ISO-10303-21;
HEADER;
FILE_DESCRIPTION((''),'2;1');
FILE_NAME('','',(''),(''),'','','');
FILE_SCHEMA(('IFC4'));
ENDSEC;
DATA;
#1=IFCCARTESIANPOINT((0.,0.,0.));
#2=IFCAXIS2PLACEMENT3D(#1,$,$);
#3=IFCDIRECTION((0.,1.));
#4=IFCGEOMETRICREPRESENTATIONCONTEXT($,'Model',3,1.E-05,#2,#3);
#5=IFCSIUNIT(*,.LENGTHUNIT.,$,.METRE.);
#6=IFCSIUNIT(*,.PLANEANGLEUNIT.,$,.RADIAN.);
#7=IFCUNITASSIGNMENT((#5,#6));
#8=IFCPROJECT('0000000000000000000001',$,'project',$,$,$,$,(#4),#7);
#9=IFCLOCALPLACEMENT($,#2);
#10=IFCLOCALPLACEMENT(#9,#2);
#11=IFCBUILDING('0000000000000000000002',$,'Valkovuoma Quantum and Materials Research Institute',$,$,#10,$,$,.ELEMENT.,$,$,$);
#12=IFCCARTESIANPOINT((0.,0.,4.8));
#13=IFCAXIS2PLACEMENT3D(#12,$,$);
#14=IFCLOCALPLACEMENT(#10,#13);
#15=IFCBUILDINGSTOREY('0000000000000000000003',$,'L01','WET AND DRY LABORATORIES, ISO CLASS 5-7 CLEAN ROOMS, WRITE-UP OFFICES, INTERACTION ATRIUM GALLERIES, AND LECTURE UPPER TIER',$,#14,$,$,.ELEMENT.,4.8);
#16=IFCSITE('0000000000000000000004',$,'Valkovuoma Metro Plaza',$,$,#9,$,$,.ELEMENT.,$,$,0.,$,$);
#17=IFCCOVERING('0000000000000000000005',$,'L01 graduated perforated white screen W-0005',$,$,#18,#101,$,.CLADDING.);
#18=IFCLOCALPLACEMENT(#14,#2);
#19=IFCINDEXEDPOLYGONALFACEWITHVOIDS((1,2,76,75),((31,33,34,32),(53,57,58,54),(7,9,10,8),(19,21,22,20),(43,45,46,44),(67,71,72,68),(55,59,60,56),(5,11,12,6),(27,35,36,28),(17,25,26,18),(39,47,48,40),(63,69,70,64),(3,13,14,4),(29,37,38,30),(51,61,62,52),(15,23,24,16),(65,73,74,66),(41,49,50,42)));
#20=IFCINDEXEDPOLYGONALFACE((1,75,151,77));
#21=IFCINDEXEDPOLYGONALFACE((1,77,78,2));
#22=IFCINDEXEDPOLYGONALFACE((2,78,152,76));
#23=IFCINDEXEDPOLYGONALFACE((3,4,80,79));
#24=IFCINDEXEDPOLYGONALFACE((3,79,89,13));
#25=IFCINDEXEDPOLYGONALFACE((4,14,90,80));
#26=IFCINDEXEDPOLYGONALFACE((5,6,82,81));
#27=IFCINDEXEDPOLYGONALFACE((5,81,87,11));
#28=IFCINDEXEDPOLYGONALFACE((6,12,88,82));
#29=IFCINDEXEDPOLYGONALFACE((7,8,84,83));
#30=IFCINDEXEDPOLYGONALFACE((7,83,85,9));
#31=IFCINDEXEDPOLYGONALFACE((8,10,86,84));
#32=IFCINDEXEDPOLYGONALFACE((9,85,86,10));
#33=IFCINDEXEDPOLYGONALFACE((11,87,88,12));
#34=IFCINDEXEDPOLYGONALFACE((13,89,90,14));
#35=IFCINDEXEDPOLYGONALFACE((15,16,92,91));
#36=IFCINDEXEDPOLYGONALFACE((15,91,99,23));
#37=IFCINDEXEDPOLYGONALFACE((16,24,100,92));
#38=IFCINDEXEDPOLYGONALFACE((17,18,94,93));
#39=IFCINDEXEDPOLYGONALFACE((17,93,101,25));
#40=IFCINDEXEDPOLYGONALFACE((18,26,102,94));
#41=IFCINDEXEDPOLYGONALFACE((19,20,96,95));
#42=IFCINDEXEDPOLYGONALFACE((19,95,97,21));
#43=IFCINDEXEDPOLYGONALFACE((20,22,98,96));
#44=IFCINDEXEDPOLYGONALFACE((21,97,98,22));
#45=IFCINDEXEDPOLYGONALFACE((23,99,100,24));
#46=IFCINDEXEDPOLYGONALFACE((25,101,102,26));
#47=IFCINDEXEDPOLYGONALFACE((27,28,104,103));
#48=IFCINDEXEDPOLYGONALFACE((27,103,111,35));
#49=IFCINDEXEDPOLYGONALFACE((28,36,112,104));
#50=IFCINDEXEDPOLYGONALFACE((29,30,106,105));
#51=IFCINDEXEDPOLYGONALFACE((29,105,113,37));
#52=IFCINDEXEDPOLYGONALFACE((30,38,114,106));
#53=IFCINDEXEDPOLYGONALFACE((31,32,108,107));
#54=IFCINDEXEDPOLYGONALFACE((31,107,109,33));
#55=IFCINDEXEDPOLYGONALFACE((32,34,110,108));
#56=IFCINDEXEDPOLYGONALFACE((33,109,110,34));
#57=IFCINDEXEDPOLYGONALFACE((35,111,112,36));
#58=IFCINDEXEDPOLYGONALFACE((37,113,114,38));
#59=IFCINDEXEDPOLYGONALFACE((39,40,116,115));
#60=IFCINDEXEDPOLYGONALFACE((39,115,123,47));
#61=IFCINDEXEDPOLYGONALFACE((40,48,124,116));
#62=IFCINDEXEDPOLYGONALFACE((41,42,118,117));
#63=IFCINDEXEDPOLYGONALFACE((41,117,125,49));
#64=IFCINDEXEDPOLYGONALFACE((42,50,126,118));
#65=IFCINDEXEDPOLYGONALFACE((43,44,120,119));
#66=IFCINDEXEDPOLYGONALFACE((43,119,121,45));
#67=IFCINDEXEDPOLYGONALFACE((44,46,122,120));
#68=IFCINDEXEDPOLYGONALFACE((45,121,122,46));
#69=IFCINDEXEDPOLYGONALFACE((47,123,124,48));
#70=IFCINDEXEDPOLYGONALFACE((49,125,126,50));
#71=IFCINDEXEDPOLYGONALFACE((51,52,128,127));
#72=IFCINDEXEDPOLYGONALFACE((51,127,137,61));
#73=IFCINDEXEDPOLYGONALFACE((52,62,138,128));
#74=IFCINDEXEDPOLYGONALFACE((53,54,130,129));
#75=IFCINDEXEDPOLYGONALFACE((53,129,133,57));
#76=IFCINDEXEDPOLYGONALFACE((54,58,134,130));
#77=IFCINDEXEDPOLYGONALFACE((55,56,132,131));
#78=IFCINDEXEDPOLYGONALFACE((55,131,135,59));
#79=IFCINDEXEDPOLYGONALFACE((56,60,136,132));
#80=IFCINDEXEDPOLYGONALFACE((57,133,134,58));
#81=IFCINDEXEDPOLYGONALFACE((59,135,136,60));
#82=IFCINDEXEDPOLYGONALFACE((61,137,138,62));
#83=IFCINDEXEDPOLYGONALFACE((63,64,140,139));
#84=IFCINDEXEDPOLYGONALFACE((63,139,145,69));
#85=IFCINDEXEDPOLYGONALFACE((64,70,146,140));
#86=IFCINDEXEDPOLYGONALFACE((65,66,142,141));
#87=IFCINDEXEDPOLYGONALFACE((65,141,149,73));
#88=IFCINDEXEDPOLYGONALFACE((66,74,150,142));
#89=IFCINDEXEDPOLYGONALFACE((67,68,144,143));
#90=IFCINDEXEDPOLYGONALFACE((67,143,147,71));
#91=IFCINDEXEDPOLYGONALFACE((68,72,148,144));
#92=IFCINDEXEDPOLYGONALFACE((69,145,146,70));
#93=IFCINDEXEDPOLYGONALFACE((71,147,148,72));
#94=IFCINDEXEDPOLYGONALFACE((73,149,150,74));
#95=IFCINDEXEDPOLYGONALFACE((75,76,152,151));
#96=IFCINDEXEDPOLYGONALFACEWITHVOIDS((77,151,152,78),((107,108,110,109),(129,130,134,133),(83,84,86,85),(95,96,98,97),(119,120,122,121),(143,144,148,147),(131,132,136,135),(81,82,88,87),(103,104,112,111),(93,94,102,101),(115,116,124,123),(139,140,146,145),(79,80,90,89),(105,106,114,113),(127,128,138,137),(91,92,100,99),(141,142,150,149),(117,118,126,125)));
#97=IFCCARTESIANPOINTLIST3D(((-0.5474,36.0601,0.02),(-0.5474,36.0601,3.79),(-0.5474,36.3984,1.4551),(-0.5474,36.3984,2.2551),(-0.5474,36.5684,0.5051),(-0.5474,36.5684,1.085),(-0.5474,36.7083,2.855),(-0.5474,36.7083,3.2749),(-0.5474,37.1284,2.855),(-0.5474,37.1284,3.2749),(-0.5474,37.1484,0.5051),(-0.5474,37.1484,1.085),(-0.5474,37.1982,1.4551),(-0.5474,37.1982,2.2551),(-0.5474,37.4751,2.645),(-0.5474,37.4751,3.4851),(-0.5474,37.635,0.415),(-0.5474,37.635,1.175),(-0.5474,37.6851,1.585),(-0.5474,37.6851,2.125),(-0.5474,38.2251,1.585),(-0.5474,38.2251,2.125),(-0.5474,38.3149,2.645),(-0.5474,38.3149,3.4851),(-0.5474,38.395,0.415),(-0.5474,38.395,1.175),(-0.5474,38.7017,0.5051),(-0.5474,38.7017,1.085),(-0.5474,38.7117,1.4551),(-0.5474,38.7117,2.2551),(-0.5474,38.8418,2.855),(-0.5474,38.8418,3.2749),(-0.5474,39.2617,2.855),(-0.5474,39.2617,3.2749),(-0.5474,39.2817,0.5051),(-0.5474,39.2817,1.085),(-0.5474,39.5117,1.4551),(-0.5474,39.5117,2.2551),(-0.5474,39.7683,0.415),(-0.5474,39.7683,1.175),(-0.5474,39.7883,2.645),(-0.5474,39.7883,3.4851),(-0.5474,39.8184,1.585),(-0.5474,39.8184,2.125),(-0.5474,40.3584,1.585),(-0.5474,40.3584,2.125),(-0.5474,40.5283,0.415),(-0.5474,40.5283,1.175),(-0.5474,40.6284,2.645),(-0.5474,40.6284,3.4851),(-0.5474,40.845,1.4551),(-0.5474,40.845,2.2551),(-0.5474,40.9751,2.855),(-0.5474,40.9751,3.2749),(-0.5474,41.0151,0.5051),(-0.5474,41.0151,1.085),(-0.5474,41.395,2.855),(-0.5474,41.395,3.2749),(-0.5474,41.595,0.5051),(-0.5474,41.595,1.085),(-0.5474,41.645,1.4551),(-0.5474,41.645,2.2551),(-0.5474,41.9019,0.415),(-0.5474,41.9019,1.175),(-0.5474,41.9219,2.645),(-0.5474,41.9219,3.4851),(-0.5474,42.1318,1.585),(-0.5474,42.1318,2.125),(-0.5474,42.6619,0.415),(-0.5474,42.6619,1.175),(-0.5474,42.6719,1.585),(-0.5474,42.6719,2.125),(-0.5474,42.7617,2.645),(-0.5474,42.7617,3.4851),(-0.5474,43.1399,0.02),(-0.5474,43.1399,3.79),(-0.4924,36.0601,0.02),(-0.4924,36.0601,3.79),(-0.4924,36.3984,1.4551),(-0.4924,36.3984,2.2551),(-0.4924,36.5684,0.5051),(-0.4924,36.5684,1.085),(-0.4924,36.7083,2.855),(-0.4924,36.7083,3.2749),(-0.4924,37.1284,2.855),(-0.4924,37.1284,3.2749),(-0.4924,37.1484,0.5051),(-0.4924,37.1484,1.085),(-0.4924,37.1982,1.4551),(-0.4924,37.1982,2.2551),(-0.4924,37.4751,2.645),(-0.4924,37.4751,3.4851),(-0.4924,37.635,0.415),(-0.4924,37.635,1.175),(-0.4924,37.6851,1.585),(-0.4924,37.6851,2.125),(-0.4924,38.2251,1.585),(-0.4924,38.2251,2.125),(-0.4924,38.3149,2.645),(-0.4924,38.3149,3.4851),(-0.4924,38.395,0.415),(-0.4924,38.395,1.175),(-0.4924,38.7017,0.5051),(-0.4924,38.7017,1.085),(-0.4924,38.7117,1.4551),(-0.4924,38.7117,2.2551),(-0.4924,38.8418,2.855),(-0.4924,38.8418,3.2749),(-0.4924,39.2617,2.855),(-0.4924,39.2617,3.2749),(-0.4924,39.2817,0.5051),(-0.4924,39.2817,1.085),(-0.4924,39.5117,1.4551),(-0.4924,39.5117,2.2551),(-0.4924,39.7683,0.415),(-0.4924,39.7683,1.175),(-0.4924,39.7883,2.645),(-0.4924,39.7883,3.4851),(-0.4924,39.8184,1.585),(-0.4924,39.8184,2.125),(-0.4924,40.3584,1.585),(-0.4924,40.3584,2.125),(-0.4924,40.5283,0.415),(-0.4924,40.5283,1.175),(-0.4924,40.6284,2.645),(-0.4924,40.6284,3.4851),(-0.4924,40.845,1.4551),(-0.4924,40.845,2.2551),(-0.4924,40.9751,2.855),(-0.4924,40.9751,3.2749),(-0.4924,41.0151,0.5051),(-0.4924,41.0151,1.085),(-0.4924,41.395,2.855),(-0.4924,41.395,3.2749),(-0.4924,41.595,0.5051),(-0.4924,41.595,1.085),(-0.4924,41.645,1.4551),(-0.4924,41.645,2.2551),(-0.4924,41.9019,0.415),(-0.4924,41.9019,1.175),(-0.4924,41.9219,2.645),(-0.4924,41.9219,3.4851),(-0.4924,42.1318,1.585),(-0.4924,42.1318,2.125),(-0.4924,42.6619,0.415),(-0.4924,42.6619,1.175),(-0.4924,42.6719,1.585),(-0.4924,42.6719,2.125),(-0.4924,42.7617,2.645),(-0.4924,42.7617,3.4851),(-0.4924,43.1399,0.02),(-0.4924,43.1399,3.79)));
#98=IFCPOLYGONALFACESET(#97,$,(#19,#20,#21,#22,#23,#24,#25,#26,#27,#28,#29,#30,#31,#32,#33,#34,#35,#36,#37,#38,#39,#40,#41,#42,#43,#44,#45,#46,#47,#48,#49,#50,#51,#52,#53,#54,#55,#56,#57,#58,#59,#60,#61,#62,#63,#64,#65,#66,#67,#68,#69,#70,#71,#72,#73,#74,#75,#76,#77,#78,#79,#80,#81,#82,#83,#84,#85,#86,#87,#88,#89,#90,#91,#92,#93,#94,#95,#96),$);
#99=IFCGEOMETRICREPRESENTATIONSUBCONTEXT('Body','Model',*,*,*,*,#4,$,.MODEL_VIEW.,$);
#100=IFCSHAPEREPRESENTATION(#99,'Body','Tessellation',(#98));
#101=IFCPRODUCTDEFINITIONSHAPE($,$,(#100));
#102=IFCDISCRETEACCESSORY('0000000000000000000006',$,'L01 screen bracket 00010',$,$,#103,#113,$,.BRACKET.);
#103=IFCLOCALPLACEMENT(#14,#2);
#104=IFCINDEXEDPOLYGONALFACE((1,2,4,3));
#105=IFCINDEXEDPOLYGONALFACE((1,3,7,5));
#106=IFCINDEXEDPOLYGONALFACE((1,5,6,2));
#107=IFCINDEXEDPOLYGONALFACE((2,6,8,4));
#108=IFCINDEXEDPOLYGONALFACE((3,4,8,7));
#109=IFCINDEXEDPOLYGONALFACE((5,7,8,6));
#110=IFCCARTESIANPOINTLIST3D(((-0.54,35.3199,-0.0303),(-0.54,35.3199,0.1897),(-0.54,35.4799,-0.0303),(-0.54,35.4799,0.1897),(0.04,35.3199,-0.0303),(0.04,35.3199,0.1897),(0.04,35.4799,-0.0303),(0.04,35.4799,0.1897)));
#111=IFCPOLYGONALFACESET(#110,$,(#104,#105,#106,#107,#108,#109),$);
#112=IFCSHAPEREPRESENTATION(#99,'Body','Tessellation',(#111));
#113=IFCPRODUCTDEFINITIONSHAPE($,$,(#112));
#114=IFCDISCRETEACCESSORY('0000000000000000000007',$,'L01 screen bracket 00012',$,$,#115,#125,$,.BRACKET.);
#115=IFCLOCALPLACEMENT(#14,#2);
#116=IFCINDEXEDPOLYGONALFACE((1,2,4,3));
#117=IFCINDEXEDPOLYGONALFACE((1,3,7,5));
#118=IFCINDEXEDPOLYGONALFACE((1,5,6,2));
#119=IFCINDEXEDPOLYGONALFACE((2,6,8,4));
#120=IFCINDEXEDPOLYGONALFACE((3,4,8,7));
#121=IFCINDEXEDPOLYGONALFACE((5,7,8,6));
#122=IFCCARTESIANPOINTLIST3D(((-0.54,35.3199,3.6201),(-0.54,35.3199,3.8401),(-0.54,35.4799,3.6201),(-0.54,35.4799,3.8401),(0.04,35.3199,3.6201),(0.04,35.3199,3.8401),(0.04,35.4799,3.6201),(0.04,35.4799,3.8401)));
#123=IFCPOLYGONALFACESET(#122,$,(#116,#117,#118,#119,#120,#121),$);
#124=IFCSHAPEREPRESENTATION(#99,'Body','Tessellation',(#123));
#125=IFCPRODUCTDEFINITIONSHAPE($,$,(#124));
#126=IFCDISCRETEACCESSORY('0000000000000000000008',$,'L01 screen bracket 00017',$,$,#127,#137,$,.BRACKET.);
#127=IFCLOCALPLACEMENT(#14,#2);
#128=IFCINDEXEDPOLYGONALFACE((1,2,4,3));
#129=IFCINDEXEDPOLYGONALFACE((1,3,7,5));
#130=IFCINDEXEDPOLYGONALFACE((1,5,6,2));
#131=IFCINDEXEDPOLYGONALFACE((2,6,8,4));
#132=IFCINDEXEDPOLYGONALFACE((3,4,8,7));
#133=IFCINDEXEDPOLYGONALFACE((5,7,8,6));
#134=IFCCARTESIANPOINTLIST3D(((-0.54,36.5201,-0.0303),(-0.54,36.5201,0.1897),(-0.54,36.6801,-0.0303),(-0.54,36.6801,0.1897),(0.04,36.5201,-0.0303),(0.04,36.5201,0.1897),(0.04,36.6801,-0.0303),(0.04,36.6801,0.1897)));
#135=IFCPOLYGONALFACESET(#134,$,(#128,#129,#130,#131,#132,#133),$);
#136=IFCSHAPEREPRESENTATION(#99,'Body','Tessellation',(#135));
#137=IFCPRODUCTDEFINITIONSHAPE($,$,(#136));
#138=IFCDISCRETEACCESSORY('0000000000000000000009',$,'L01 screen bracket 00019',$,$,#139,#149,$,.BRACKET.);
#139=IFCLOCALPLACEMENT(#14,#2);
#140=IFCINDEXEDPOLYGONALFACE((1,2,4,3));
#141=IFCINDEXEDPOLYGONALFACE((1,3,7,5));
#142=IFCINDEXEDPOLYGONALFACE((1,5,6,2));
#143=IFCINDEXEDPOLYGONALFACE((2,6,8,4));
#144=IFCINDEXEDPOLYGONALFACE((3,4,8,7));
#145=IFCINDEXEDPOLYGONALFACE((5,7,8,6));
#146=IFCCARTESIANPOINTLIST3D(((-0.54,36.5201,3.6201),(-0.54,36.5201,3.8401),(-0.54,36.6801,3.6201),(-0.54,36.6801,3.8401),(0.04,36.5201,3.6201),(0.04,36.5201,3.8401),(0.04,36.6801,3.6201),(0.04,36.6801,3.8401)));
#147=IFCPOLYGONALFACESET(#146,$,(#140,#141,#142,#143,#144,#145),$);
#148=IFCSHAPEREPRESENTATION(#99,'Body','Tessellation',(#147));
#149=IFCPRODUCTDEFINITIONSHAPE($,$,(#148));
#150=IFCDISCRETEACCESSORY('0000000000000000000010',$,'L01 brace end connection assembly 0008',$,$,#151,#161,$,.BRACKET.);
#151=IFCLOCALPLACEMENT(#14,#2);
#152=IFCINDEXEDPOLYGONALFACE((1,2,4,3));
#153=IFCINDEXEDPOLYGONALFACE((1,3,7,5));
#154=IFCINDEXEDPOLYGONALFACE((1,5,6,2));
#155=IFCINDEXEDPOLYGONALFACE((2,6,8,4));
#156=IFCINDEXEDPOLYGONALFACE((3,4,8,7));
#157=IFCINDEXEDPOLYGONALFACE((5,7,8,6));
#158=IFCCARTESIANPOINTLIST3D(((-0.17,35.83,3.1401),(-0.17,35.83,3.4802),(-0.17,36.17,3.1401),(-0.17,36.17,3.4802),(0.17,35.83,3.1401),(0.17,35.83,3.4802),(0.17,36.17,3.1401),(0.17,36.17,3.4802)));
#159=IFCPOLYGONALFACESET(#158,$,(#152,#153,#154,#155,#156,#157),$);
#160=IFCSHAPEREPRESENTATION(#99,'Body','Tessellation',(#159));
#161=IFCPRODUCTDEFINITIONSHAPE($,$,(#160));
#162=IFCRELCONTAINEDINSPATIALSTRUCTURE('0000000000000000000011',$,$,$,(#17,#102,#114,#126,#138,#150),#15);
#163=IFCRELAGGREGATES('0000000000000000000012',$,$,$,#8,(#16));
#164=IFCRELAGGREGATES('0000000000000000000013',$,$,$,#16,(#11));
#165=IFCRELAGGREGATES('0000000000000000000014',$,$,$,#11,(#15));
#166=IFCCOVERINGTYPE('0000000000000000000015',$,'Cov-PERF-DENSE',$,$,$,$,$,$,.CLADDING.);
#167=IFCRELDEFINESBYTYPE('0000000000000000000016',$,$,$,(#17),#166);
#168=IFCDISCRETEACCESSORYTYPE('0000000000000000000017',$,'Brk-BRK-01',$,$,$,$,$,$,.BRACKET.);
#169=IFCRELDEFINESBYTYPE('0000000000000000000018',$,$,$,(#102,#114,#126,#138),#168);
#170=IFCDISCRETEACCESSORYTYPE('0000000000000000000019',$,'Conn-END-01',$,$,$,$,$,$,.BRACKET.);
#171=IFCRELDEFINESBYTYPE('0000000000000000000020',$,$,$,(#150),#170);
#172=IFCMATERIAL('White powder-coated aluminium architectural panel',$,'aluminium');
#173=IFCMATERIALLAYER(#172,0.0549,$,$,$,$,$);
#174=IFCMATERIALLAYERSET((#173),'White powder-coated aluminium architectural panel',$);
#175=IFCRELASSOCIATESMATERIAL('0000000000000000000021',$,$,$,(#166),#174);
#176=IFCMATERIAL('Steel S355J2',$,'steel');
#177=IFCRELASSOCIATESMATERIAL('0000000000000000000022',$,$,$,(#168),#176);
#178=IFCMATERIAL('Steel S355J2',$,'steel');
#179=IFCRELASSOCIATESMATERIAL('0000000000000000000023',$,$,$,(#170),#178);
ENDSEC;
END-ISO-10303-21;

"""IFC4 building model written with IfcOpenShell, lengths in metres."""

from ifc_helpers import new_model, si_unit, direction, frame, origin, origin_2d, place, context, subcontext, project, spatial, polyline, rectangle, outline, extrude, material, layer, layer_set, type_object, element, save


model = new_model("IFC4")

# Units and contexts
model_context = context("Model", 3, precision=1e-05, world=origin(), true_north=direction((0.0, 1.0)))
body_context = subcontext(model_context, "Body", "Model", "MODEL_VIEW")
ifc_project = project(units=[si_unit("LENGTHUNIT", "METRE"), si_unit("PLANEANGLEUNIT", "RADIAN")], contexts=[model_context])

# Site, building, storey
site_placement = place(None, origin())
site = spatial("IfcSite", under=ifc_project, at=site_placement, Name="Valkovuoma Metro Plaza", CompositionType="ELEMENT", RefElevation=0.0)
building_placement = place(site_placement, origin())
building = spatial("IfcBuilding", under=site, at=building_placement, Name="Valkovuoma Quantum and Materials Research Institute", CompositionType="ELEMENT")
storey_placement = place(building_placement, frame((0.0, 0.0, 4.8)))
storey = spatial("IfcBuildingStorey", under=building, at=storey_placement, Name="L01", Description="WET AND DRY LABORATORIES, ISO CLASS 5-7 CLEAN ROOMS, WRITE-UP OFFICES, INTERACTION ATRIUM GALLERIES, AND LECTURE UPPER TIER", CompositionType="ELEMENT", Elevation=4.8)

# Covering
ifc_material_1 = material(Name="White powder-coated aluminium architectural panel", Category="aluminium")
ifc_layer_1 = layer(ifc_material_1, 0.0549)
ifc_layer_set_1 = layer_set([ifc_layer_1], Name="White powder-coated aluminium architectural panel")
covering_type = type_object("IfcCoveringType", Name="Cov-PERF-DENSE", PredefinedType="CLADDING", material=ifc_layer_set_1)
covering_placement = place(storey_placement, frame((-0.52, 36.0601, 0.02), z_axis=(0.0, 0.0, 1.0), x_axis=(0.0, 1.0, 0.0)))
element("IfcCovering", 1, at=covering_placement, inside=storey, type_object=covering_type, Name="L01 graduated perforated white screen W-0005", PredefinedType="CLADDING", context=body_context, shape_type="SweptSolid", body=[
    extrude(outline(polyline([(0.0, 0.0), (7.0798, 0.0), (7.0798, 3.77), (0.0, 3.77), (0.0, 0.0)]), holes=[polyline([(0.5083, 0.4851), (0.5083, 1.0649), (1.0884, 1.0649), (1.0884, 0.4851), (0.5083, 0.4851)]), polyline([(0.3384, 1.4351), (0.3384, 2.2351), (1.1382, 2.2351), (1.1382, 1.4351), (0.3384, 1.4351)]), polyline([(0.6482, 2.835), (0.6482, 3.2549), (1.0684, 3.2549), (1.0684, 2.835), (0.6482, 2.835)]), polyline([(1.575, 0.395), (1.575, 1.155), (2.335, 1.155), (2.335, 0.395), (1.575, 0.395)]), polyline([(1.625, 1.5649), (1.625, 2.105), (2.165, 2.105), (2.165, 1.5649), (1.625, 1.5649)]), polyline([(1.415, 2.625), (1.415, 3.4651), (2.2549, 3.4651), (2.2549, 2.625), (1.415, 2.625)]), polyline([(2.6416, 0.4851), (2.6416, 1.0649), (3.2217, 1.0649), (3.2217, 0.4851), (2.6416, 0.4851)]), polyline([(2.6516, 1.4351), (2.6516, 2.2351), (3.4517, 2.2351), (3.4517, 1.4351), (2.6516, 1.4351)]), polyline([(2.7817, 2.835), (2.7817, 3.2549), (3.2017, 3.2549), (3.2017, 2.835), (2.7817, 2.835)]), polyline([(3.7083, 0.395), (3.7083, 1.155), (4.4683, 1.155), (4.4683, 0.395), (3.7083, 0.395)]), polyline([(3.7583, 1.5649), (3.7583, 2.105), (4.2983, 2.105), (4.2983, 1.5649), (3.7583, 1.5649)]), polyline([(3.7283, 2.625), (3.7283, 3.4651), (4.5684, 3.4651), (4.5684, 2.625), (3.7283, 2.625)]), polyline([(4.9551, 0.4851), (4.9551, 1.0649), (5.5349, 1.0649), (5.5349, 0.4851), (4.9551, 0.4851)]), polyline([(4.7849, 1.4351), (4.7849, 2.2351), (5.585, 2.2351), (5.585, 1.4351), (4.7849, 1.4351)]), polyline([(4.915, 2.835), (4.915, 3.2549), (5.335, 3.2549), (5.335, 2.835), (4.915, 2.835)]), polyline([(5.8418, 0.395), (5.8418, 1.155), (6.6018, 1.155), (6.6018, 0.395), (5.8418, 0.395)]), polyline([(6.0718, 1.5649), (6.0718, 2.105), (6.6118, 2.105), (6.6118, 1.5649), (6.0718, 1.5649)]), polyline([(5.8618, 2.625), (5.8618, 3.4651), (6.7017, 3.4651), (6.7017, 2.625), (5.8618, 2.625)])]), frame((0.0, 0.0273, 0.0), z_axis=(0.0, -1.0, 0.0), x_axis=(1.0, 0.0, 0.0)), (0.0, 0.0, 1.0), 0.0549),
])

# Discrete accessories
ifc_material_2 = material(Name="Steel S355J2", Category="steel")
discrete_accessory_type_1 = type_object("IfcDiscreteAccessoryType", Name="Brk-BRK-01", PredefinedType="BRACKET", material=ifc_material_2)
for number, where, z_axis, x_axis, name in (
    (2, (-0.25, 35.3999, -0.0303), (0.0, 0.0, 1.0), (1.0, 0.0, 0.0), "L01 screen bracket 00010"),
    (3, (-0.25, 35.3999, 3.6201), (0.0, 0.0, 1.0), (1.0, 0.0, 0.0), "L01 screen bracket 00012"),
    (4, (-0.25, 36.6001, -0.0303), (0.0, 0.0, 1.0), (1.0, 0.0, 0.0), "L01 screen bracket 00017"),
    (5, (-0.25, 36.6001, 3.6201), (0.0, 0.0, 1.0), (1.0, 0.0, 0.0), "L01 screen bracket 00019"),
):
    element("IfcDiscreteAccessory", number, at=place(storey_placement, frame(where, z_axis=z_axis, x_axis=x_axis)), inside=storey, type_object=discrete_accessory_type_1, Name=name, PredefinedType="BRACKET", context=body_context, shape_type="SweptSolid", body=[
        extrude(rectangle(XDim=0.5801, YDim=0.1599, at=origin_2d()), origin(), (0.0, 0.0, 1.0), 0.22),
    ])
ifc_material_3 = material(Name="Steel S355J2", Category="steel")
discrete_accessory_type_2 = type_object("IfcDiscreteAccessoryType", Name="Conn-END-01", PredefinedType="BRACKET", material=ifc_material_3)
discrete_accessory_placement = place(storey_placement, frame((0.0, 36.0, 3.1401), z_axis=(0.0, 0.0, 1.0), x_axis=(1.0, 0.0, 0.0)))
element("IfcDiscreteAccessory", 6, at=discrete_accessory_placement, inside=storey, type_object=discrete_accessory_type_2, Name="L01 brace end connection assembly 0008", PredefinedType="BRACKET", context=body_context, shape_type="SweptSolid", body=[
    extrude(rectangle(XDim=0.3401, YDim=0.3401, at=origin_2d()), origin(), (0.0, 0.0, 1.0), 0.3401),
])

save(model, "model.ifc")
